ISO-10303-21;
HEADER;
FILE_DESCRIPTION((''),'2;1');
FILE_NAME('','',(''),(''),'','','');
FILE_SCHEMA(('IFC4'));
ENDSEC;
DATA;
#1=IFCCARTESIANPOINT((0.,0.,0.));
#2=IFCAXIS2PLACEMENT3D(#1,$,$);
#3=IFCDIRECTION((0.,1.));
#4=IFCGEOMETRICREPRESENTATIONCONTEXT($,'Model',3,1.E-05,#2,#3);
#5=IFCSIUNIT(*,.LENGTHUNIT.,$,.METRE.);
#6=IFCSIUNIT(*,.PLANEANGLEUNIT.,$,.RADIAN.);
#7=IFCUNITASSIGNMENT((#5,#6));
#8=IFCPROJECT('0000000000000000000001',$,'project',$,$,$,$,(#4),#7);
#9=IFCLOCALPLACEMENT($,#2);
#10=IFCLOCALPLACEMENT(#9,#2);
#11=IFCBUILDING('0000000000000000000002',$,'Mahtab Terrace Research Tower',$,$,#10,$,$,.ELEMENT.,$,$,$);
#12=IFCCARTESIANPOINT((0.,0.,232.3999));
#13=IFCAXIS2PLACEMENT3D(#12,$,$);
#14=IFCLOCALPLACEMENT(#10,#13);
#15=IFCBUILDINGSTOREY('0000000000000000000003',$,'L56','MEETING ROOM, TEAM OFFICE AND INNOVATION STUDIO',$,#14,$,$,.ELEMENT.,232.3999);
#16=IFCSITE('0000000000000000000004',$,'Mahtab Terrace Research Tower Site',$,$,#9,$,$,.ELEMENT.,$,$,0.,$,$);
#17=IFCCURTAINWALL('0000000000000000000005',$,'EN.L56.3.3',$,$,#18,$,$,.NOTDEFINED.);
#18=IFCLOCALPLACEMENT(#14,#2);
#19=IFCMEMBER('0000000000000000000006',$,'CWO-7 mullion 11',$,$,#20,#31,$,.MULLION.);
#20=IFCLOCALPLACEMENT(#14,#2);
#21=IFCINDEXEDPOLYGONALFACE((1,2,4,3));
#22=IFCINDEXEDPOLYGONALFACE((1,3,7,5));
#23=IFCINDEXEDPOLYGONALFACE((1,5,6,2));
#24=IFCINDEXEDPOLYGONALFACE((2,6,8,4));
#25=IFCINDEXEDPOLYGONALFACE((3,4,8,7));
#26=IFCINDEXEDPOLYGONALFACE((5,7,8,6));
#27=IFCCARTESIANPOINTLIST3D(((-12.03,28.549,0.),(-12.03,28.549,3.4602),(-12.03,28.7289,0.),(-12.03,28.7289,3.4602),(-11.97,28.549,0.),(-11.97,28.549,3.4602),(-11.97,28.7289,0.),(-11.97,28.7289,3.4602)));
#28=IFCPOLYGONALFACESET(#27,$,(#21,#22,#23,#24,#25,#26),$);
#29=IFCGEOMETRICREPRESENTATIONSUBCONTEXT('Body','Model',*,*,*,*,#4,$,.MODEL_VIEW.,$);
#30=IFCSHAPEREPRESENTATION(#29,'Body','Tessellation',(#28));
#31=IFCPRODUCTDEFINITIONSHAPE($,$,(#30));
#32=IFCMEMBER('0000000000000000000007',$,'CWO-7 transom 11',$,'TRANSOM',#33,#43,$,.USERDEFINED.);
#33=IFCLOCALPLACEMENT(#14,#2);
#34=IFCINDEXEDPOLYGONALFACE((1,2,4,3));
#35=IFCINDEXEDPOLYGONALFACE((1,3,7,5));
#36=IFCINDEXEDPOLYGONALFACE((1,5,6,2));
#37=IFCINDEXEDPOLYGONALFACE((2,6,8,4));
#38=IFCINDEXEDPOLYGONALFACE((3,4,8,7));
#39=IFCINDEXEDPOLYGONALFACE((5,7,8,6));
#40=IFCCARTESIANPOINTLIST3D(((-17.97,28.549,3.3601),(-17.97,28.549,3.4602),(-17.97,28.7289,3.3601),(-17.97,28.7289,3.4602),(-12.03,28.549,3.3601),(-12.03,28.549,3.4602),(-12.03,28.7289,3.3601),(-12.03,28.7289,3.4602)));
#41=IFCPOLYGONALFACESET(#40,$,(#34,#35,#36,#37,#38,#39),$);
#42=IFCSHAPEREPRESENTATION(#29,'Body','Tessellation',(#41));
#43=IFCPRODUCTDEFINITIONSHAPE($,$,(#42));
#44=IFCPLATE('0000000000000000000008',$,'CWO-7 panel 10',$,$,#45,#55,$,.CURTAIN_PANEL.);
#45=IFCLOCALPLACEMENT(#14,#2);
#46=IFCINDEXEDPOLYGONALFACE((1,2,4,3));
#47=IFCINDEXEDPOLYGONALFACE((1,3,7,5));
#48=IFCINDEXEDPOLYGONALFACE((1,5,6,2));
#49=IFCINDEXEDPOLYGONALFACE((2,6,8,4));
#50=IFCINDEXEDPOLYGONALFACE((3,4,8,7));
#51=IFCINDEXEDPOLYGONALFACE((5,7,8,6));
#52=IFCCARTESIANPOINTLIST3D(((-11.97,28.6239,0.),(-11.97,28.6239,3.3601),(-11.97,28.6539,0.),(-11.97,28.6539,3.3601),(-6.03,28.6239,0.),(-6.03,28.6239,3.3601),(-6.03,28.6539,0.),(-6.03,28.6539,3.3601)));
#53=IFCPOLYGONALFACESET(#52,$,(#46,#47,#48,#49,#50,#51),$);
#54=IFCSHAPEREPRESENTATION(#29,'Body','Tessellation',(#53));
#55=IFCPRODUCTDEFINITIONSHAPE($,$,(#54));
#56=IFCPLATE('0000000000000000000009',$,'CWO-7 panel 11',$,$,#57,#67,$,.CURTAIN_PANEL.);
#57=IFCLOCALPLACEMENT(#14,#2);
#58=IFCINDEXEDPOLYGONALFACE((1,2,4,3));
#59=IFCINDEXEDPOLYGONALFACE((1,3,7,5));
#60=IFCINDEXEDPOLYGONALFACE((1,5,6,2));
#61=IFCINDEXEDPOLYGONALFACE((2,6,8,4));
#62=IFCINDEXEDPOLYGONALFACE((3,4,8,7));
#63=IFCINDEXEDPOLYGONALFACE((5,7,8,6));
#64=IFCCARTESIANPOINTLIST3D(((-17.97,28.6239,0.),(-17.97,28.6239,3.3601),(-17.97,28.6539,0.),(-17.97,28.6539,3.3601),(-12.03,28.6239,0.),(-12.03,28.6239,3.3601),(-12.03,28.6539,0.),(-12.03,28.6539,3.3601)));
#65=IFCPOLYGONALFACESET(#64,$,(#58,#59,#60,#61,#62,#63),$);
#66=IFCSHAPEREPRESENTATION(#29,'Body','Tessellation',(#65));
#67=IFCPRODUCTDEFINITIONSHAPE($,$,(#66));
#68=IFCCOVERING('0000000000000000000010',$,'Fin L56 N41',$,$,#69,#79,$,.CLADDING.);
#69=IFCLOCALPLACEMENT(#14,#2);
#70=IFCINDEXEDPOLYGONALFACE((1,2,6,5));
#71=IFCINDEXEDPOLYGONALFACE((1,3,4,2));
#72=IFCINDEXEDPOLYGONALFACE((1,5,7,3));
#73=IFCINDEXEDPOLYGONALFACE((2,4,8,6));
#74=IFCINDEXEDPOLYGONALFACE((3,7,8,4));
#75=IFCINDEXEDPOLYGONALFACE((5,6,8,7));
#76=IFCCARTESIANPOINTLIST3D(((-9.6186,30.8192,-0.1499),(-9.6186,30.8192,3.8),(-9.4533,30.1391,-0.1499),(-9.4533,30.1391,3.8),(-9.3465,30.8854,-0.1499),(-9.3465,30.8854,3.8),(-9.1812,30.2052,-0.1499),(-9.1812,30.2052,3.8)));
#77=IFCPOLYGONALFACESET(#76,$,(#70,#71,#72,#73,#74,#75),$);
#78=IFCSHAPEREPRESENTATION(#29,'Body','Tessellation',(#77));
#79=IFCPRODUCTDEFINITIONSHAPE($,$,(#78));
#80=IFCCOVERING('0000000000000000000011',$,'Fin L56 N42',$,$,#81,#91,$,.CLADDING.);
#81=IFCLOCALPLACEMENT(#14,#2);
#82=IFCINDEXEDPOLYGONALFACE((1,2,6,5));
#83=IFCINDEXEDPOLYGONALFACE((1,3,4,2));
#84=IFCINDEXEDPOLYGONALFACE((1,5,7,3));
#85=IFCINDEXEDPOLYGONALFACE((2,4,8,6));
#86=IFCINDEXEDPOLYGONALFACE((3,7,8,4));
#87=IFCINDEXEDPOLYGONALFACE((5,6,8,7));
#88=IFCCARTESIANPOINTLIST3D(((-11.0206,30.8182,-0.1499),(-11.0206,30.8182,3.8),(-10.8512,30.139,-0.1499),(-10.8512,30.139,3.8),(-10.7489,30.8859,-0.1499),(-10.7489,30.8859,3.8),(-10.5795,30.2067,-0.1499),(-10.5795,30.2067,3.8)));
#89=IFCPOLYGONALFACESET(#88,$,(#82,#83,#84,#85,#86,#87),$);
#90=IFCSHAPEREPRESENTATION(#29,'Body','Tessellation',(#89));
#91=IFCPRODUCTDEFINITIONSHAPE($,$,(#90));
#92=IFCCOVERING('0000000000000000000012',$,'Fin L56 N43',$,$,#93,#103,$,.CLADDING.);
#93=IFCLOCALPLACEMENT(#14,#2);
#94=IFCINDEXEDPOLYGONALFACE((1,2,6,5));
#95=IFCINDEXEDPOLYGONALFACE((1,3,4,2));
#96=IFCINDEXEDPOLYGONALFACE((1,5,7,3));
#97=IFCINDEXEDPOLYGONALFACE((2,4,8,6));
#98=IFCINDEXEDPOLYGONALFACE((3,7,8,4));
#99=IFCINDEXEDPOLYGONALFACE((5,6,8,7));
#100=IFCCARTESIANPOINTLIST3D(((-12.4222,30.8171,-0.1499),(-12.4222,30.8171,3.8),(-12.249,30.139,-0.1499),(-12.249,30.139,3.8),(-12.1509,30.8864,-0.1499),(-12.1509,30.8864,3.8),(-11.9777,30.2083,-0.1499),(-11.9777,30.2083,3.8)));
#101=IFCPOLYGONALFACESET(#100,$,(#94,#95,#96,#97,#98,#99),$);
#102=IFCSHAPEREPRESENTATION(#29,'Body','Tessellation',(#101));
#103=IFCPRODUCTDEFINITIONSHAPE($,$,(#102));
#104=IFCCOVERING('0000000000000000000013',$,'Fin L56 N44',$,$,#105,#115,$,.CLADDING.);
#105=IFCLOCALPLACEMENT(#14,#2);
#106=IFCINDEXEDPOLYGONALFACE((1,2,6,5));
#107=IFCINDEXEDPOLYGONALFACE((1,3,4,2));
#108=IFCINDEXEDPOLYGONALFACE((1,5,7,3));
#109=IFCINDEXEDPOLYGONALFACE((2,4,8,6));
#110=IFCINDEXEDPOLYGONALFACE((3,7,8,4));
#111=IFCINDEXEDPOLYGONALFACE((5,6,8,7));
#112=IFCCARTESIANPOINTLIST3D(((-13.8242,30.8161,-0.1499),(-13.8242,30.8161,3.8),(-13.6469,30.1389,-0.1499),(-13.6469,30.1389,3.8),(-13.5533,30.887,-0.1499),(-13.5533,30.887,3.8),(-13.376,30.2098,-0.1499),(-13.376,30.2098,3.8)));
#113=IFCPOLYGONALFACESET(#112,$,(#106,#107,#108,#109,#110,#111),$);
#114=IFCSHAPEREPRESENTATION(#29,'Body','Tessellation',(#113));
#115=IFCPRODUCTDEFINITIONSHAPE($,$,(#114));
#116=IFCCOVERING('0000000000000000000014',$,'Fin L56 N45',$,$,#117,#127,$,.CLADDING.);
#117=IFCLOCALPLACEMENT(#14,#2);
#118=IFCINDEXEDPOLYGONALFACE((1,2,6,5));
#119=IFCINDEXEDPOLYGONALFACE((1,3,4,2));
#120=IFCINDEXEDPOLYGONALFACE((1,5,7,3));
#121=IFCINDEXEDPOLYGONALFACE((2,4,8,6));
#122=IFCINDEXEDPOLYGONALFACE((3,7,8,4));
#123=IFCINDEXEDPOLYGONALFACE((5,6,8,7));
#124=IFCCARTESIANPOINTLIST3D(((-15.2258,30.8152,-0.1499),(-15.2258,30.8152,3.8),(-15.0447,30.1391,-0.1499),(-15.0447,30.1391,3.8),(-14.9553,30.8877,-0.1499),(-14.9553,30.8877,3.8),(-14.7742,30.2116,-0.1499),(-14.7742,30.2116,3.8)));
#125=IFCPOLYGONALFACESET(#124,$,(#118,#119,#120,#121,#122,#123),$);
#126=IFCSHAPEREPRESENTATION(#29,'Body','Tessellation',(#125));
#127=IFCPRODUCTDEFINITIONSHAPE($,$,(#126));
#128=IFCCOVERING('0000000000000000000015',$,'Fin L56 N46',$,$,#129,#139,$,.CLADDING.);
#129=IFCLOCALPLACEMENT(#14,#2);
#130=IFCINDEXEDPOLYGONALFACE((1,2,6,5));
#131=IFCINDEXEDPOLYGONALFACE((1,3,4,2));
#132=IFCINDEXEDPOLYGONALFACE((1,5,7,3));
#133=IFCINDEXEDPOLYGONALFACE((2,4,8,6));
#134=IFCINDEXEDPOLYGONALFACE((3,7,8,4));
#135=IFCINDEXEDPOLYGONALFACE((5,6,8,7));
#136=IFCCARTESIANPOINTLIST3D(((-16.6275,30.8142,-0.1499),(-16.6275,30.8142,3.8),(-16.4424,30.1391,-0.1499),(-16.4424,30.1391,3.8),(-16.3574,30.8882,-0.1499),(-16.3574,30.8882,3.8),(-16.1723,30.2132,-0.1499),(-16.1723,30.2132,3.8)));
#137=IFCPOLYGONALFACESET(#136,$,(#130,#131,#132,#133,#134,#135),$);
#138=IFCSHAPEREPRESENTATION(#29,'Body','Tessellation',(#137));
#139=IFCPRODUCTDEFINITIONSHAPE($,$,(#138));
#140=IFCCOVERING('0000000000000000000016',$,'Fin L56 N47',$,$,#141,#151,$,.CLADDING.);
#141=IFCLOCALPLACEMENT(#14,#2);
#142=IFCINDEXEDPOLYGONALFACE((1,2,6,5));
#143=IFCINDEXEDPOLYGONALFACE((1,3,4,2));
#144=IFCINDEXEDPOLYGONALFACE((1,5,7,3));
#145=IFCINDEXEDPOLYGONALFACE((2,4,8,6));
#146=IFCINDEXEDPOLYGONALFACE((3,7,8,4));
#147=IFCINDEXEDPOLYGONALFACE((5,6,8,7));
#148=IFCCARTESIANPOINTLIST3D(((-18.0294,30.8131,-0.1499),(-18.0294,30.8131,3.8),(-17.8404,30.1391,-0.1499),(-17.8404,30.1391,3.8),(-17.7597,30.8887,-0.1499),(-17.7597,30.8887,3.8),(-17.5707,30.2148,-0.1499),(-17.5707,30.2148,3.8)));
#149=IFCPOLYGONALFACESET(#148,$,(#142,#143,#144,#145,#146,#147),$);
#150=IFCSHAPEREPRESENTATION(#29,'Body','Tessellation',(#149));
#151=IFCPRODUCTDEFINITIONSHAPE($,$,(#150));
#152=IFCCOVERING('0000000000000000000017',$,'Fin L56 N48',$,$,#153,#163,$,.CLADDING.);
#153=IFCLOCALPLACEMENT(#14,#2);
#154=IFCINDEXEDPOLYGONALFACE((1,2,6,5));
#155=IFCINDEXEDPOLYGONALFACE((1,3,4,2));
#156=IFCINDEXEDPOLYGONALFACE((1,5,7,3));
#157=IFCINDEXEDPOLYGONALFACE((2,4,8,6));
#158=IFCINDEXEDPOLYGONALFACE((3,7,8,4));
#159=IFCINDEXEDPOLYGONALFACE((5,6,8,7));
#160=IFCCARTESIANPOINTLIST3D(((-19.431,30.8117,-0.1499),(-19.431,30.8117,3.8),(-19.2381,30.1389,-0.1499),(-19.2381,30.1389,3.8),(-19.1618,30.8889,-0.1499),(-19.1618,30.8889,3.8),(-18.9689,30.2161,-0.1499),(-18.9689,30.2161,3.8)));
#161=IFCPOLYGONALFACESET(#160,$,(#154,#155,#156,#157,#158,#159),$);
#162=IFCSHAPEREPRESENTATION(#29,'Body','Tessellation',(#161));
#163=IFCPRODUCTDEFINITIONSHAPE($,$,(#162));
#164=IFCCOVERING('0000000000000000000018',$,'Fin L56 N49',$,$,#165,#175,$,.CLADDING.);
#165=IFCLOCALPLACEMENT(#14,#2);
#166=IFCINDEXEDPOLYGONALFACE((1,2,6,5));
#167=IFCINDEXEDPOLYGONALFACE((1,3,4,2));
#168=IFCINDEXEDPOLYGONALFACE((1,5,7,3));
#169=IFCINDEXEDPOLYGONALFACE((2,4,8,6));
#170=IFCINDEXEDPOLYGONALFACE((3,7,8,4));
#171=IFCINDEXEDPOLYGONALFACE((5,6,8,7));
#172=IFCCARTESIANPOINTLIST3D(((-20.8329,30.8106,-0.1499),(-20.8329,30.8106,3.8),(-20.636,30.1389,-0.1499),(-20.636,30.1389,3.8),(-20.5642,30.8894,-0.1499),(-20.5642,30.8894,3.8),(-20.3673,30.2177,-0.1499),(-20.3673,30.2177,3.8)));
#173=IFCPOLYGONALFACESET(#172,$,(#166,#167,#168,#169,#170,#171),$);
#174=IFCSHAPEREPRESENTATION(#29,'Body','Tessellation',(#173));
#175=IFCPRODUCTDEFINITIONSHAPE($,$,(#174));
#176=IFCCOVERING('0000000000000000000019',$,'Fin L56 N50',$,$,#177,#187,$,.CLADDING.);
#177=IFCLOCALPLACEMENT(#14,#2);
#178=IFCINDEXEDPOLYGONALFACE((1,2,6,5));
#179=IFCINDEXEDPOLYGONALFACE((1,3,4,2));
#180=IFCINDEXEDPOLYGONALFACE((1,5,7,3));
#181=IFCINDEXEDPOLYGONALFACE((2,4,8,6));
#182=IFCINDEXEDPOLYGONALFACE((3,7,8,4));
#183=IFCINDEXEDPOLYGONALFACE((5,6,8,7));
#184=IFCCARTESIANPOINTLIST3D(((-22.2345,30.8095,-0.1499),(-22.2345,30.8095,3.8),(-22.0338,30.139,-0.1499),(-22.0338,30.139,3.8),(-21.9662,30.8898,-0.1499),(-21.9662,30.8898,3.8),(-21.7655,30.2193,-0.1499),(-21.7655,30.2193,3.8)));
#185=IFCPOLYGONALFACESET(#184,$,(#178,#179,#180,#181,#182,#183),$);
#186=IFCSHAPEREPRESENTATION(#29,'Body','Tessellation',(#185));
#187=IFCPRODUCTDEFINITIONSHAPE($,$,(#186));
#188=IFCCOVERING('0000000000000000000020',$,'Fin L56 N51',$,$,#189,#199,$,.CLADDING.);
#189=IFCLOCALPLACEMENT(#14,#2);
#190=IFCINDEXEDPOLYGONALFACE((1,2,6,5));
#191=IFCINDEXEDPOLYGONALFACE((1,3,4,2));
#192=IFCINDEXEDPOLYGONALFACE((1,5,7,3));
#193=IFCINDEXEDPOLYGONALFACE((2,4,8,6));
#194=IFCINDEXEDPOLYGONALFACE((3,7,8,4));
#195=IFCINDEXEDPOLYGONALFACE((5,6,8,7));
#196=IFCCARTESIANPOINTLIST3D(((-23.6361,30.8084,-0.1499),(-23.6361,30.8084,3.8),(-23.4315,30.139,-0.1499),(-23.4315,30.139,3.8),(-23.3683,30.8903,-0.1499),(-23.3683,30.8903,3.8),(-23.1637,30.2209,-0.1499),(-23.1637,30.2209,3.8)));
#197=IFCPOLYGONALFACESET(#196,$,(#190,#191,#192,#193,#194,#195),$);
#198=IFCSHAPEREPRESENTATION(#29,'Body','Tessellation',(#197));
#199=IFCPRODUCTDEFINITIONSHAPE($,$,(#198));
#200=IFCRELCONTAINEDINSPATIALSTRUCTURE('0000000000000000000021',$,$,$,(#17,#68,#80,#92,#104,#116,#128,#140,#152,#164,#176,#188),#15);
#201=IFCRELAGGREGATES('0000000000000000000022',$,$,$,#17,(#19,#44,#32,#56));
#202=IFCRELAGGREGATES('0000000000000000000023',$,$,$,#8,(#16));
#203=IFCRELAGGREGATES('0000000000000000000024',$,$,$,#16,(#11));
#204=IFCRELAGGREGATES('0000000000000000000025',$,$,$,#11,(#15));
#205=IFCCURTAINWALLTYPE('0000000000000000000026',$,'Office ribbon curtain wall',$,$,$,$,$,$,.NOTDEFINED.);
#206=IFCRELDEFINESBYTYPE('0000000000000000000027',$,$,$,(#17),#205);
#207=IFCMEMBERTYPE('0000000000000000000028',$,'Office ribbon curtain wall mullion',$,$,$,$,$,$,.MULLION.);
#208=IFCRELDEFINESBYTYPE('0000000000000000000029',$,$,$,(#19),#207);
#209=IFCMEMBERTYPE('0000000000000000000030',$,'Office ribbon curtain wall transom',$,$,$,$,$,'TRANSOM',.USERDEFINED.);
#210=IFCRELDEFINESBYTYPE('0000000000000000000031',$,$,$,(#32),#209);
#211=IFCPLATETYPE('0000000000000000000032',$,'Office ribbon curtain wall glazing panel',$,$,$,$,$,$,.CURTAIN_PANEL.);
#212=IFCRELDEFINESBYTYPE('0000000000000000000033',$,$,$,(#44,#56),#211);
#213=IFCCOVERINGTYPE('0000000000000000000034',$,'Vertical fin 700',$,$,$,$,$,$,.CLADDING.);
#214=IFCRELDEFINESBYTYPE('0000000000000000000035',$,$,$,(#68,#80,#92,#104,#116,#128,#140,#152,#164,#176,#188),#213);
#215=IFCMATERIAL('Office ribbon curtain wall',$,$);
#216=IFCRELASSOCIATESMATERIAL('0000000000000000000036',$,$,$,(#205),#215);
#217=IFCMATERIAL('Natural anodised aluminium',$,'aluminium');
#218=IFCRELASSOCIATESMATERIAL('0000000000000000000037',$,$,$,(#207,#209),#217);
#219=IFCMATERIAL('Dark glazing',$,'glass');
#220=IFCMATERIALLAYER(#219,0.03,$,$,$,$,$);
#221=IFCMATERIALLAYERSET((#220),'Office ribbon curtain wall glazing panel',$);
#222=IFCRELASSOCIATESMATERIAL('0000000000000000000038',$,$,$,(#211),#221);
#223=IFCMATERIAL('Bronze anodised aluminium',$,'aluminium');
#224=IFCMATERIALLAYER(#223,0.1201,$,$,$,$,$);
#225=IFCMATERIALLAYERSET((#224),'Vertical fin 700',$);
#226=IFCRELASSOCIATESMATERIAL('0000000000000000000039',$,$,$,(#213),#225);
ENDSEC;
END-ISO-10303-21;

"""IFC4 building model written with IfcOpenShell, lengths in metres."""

from ifc_helpers import new_model, si_unit, direction, frame, origin, origin_2d, place, context, subcontext, project, spatial, rectangle, extrude, material, layer, layer_set, material_profile, profile_set, type_object, element, aggregate, save


model = new_model("IFC4")

# Units and contexts
model_context = context("Model", 3, precision=1e-05, world=origin(), true_north=direction((0.0, 1.0)))
body_context = subcontext(model_context, "Body", "Model", "MODEL_VIEW")
ifc_project = project(units=[si_unit("LENGTHUNIT", "METRE"), si_unit("PLANEANGLEUNIT", "RADIAN")], contexts=[model_context])

# Site, building, storey
site_placement = place(None, origin())
site = spatial("IfcSite", under=ifc_project, at=site_placement, Name="Mahtab Terrace Research Tower Site", CompositionType="ELEMENT", RefElevation=0.0)
building_placement = place(site_placement, origin())
building = spatial("IfcBuilding", under=site, at=building_placement, Name="Mahtab Terrace Research Tower", CompositionType="ELEMENT")
storey_placement = place(building_placement, frame((0.0, 0.0, 232.3999)))
storey = spatial("IfcBuildingStorey", under=building, at=storey_placement, Name="L56", Description="MEETING ROOM, TEAM OFFICE AND INNOVATION STUDIO", CompositionType="ELEMENT", Elevation=232.3999)

# Curtain wall, members, plates
ifc_material_1 = material(Name="Office ribbon curtain wall")
curtain_wall_type = type_object("IfcCurtainWallType", Name="Office ribbon curtain wall", PredefinedType="NOTDEFINED", material=ifc_material_1)
curtain_wall_placement = place(storey_placement, origin())
curtain_wall = element("IfcCurtainWall", 1, at=curtain_wall_placement, inside=storey, type_object=curtain_wall_type, Name="EN.L56.3.3", PredefinedType="NOTDEFINED")
ifc_material_2 = material(Name="Natural anodised aluminium", Category="aluminium")
ifc_material_profile_1 = material_profile(ifc_material_2, rectangle(XDim=0.1799, YDim=0.0601, at=origin_2d()), Name="MULLION 60x180")
ifc_profile_set_1 = profile_set([ifc_material_profile_1], Name="Natural anodised aluminium")
member_type_1 = type_object("IfcMemberType", Name="Office ribbon curtain wall mullion", PredefinedType="MULLION", material=ifc_profile_set_1)
member_1_placement = place(storey_placement, frame((-12.0, 28.6389, 0.0), z_axis=(0.0, 0.0, 1.0), x_axis=(0.0, -1.0, 0.0)))
member_1 = element("IfcMember", 2, at=member_1_placement, type_object=member_type_1, Name="CWO-7 mullion 11", PredefinedType="MULLION", context=body_context, shape_type="SweptSolid", body=[
    extrude(rectangle(XDim=0.1799, YDim=0.0601, at=origin_2d()), origin(), (0.0, 0.0, 1.0), 3.4602),
])
ifc_material_profile_2 = material_profile(ifc_material_2, rectangle(XDim=0.1799, YDim=0.1001, at=origin_2d()), Name="TRANSOM 100x180")
ifc_profile_set_2 = profile_set([ifc_material_profile_2], Name="Natural anodised aluminium")
member_type_2 = type_object("IfcMemberType", Name="Office ribbon curtain wall transom", ElementType="TRANSOM", PredefinedType="USERDEFINED", material=ifc_profile_set_2)
member_2_placement = place(storey_placement, frame((-12.03, 28.6389, 3.4102), z_axis=(-1.0, 0.0, 0.0), x_axis=(0.0, -1.0, 0.0)))
member_2 = element("IfcMember", 3, at=member_2_placement, type_object=member_type_2, Name="CWO-7 transom 11", ObjectType="TRANSOM", PredefinedType="USERDEFINED", context=body_context, shape_type="SweptSolid", body=[
    extrude(rectangle(XDim=0.1799, YDim=0.1001, at=origin_2d()), origin(), (0.0, 0.0, 1.0), 5.9399),
])
ifc_material_3 = material(Name="Dark glazing", Category="glass")
ifc_layer_1 = layer(ifc_material_3, 0.03)
ifc_layer_set_1 = layer_set([ifc_layer_1], Name="Office ribbon curtain wall glazing panel")
plate_type = type_object("IfcPlateType", Name="Office ribbon curtain wall glazing panel", PredefinedType="CURTAIN_PANEL", material=ifc_layer_set_1)
plate_1_placement = place(storey_placement, frame((-9.0, 28.6389, 0.0), z_axis=(0.0, 0.0, 1.0), x_axis=(-1.0, 0.0, 0.0)))
plate_1 = element("IfcPlate", 4, at=plate_1_placement, type_object=plate_type, Name="CWO-7 panel 10", PredefinedType="CURTAIN_PANEL", context=body_context, shape_type="SweptSolid", body=[
    extrude(rectangle(XDim=5.9399, YDim=0.03, at=origin_2d()), origin(), (0.0, 0.0, 1.0), 3.3601),
])
plate_2_placement = place(storey_placement, frame((-15.0, 28.6389, 0.0), z_axis=(0.0, 0.0, 1.0), x_axis=(-1.0, 0.0, 0.0)))
plate_2 = element("IfcPlate", 5, at=plate_2_placement, type_object=plate_type, Name="CWO-7 panel 11", PredefinedType="CURTAIN_PANEL", context=body_context, shape_type="SweptSolid", body=[
    extrude(rectangle(XDim=5.9399, YDim=0.03, at=origin_2d()), origin(), (0.0, 0.0, 1.0), 3.3601),
])
aggregate(curtain_wall, [member_1, plate_1, member_2, plate_2])

# Coverings
ifc_material_4 = material(Name="Bronze anodised aluminium", Category="aluminium")
ifc_layer_2 = layer(ifc_material_4, 0.1201)
ifc_layer_set_2 = layer_set([ifc_layer_2], Name="Vertical fin 700")
covering_type = type_object("IfcCoveringType", Name="Vertical fin 700", PredefinedType="CLADDING", material=ifc_layer_set_2)
for number, where, z_axis, x_axis, name in (
    (6, (-9.3999, 30.5122, -0.1499), (0.0, 0.0, 1.0), (-0.971687, -0.236273, 0.0), "Fin L56 N41"),
    (7, (-10.8, 30.5125, -0.1499), (0.0, 0.0, 1.0), (-0.970296, -0.241922, 0.0), "Fin L56 N42"),
    (8, (-12.2, 30.5127, -0.1499), (0.0, 0.0, 1.0), (-0.968872, -0.247563, 0.0), "Fin L56 N43"),
    (9, (-13.6001, 30.5129, -0.1499), (0.0, 0.0, 1.0), (-0.967415, -0.253195, 0.0), "Fin L56 N44"),
    (10, (-15.0, 30.5134, -0.1499), (0.0, 0.0, 1.0), (-0.965926, -0.258819, 0.0), "Fin L56 N45"),
    (11, (-16.3999, 30.5137, -0.1499), (0.0, 0.0, 1.0), (-0.964404, -0.264434, 0.0), "Fin L56 N46"),
    (12, (-17.8, 30.5139, -0.1499), (0.0, 0.0, 1.0), (-0.962849, -0.27004, 0.0), "Fin L56 N47"),
    (13, (-19.2, 30.5139, -0.1499), (0.0, 0.0, 1.0), (-0.961262, -0.275637, 0.0), "Fin L56 N48"),
    (14, (-20.6001, 30.5142, -0.1499), (0.0, 0.0, 1.0), (-0.959642, -0.281225, 0.0), "Fin L56 N49"),
    (15, (-22.0, 30.5144, -0.1499), (0.0, 0.0, 1.0), (-0.95799, -0.286803, 0.0), "Fin L56 N50"),
    (16, (-23.3999, 30.5146, -0.1499), (0.0, 0.0, 1.0), (-0.956305, -0.292372, 0.0), "Fin L56 N51"),
):
    element("IfcCovering", number, at=place(storey_placement, frame(where, z_axis=z_axis, x_axis=x_axis)), inside=storey, type_object=covering_type, Name=name, PredefinedType="CLADDING", context=body_context, shape_type="SweptSolid", body=[
        extrude(rectangle(XDim=0.28, YDim=0.7, at=origin_2d()), origin(), (0.0, 0.0, 1.0), 3.95),
    ])

save(model, "model.ifc")
